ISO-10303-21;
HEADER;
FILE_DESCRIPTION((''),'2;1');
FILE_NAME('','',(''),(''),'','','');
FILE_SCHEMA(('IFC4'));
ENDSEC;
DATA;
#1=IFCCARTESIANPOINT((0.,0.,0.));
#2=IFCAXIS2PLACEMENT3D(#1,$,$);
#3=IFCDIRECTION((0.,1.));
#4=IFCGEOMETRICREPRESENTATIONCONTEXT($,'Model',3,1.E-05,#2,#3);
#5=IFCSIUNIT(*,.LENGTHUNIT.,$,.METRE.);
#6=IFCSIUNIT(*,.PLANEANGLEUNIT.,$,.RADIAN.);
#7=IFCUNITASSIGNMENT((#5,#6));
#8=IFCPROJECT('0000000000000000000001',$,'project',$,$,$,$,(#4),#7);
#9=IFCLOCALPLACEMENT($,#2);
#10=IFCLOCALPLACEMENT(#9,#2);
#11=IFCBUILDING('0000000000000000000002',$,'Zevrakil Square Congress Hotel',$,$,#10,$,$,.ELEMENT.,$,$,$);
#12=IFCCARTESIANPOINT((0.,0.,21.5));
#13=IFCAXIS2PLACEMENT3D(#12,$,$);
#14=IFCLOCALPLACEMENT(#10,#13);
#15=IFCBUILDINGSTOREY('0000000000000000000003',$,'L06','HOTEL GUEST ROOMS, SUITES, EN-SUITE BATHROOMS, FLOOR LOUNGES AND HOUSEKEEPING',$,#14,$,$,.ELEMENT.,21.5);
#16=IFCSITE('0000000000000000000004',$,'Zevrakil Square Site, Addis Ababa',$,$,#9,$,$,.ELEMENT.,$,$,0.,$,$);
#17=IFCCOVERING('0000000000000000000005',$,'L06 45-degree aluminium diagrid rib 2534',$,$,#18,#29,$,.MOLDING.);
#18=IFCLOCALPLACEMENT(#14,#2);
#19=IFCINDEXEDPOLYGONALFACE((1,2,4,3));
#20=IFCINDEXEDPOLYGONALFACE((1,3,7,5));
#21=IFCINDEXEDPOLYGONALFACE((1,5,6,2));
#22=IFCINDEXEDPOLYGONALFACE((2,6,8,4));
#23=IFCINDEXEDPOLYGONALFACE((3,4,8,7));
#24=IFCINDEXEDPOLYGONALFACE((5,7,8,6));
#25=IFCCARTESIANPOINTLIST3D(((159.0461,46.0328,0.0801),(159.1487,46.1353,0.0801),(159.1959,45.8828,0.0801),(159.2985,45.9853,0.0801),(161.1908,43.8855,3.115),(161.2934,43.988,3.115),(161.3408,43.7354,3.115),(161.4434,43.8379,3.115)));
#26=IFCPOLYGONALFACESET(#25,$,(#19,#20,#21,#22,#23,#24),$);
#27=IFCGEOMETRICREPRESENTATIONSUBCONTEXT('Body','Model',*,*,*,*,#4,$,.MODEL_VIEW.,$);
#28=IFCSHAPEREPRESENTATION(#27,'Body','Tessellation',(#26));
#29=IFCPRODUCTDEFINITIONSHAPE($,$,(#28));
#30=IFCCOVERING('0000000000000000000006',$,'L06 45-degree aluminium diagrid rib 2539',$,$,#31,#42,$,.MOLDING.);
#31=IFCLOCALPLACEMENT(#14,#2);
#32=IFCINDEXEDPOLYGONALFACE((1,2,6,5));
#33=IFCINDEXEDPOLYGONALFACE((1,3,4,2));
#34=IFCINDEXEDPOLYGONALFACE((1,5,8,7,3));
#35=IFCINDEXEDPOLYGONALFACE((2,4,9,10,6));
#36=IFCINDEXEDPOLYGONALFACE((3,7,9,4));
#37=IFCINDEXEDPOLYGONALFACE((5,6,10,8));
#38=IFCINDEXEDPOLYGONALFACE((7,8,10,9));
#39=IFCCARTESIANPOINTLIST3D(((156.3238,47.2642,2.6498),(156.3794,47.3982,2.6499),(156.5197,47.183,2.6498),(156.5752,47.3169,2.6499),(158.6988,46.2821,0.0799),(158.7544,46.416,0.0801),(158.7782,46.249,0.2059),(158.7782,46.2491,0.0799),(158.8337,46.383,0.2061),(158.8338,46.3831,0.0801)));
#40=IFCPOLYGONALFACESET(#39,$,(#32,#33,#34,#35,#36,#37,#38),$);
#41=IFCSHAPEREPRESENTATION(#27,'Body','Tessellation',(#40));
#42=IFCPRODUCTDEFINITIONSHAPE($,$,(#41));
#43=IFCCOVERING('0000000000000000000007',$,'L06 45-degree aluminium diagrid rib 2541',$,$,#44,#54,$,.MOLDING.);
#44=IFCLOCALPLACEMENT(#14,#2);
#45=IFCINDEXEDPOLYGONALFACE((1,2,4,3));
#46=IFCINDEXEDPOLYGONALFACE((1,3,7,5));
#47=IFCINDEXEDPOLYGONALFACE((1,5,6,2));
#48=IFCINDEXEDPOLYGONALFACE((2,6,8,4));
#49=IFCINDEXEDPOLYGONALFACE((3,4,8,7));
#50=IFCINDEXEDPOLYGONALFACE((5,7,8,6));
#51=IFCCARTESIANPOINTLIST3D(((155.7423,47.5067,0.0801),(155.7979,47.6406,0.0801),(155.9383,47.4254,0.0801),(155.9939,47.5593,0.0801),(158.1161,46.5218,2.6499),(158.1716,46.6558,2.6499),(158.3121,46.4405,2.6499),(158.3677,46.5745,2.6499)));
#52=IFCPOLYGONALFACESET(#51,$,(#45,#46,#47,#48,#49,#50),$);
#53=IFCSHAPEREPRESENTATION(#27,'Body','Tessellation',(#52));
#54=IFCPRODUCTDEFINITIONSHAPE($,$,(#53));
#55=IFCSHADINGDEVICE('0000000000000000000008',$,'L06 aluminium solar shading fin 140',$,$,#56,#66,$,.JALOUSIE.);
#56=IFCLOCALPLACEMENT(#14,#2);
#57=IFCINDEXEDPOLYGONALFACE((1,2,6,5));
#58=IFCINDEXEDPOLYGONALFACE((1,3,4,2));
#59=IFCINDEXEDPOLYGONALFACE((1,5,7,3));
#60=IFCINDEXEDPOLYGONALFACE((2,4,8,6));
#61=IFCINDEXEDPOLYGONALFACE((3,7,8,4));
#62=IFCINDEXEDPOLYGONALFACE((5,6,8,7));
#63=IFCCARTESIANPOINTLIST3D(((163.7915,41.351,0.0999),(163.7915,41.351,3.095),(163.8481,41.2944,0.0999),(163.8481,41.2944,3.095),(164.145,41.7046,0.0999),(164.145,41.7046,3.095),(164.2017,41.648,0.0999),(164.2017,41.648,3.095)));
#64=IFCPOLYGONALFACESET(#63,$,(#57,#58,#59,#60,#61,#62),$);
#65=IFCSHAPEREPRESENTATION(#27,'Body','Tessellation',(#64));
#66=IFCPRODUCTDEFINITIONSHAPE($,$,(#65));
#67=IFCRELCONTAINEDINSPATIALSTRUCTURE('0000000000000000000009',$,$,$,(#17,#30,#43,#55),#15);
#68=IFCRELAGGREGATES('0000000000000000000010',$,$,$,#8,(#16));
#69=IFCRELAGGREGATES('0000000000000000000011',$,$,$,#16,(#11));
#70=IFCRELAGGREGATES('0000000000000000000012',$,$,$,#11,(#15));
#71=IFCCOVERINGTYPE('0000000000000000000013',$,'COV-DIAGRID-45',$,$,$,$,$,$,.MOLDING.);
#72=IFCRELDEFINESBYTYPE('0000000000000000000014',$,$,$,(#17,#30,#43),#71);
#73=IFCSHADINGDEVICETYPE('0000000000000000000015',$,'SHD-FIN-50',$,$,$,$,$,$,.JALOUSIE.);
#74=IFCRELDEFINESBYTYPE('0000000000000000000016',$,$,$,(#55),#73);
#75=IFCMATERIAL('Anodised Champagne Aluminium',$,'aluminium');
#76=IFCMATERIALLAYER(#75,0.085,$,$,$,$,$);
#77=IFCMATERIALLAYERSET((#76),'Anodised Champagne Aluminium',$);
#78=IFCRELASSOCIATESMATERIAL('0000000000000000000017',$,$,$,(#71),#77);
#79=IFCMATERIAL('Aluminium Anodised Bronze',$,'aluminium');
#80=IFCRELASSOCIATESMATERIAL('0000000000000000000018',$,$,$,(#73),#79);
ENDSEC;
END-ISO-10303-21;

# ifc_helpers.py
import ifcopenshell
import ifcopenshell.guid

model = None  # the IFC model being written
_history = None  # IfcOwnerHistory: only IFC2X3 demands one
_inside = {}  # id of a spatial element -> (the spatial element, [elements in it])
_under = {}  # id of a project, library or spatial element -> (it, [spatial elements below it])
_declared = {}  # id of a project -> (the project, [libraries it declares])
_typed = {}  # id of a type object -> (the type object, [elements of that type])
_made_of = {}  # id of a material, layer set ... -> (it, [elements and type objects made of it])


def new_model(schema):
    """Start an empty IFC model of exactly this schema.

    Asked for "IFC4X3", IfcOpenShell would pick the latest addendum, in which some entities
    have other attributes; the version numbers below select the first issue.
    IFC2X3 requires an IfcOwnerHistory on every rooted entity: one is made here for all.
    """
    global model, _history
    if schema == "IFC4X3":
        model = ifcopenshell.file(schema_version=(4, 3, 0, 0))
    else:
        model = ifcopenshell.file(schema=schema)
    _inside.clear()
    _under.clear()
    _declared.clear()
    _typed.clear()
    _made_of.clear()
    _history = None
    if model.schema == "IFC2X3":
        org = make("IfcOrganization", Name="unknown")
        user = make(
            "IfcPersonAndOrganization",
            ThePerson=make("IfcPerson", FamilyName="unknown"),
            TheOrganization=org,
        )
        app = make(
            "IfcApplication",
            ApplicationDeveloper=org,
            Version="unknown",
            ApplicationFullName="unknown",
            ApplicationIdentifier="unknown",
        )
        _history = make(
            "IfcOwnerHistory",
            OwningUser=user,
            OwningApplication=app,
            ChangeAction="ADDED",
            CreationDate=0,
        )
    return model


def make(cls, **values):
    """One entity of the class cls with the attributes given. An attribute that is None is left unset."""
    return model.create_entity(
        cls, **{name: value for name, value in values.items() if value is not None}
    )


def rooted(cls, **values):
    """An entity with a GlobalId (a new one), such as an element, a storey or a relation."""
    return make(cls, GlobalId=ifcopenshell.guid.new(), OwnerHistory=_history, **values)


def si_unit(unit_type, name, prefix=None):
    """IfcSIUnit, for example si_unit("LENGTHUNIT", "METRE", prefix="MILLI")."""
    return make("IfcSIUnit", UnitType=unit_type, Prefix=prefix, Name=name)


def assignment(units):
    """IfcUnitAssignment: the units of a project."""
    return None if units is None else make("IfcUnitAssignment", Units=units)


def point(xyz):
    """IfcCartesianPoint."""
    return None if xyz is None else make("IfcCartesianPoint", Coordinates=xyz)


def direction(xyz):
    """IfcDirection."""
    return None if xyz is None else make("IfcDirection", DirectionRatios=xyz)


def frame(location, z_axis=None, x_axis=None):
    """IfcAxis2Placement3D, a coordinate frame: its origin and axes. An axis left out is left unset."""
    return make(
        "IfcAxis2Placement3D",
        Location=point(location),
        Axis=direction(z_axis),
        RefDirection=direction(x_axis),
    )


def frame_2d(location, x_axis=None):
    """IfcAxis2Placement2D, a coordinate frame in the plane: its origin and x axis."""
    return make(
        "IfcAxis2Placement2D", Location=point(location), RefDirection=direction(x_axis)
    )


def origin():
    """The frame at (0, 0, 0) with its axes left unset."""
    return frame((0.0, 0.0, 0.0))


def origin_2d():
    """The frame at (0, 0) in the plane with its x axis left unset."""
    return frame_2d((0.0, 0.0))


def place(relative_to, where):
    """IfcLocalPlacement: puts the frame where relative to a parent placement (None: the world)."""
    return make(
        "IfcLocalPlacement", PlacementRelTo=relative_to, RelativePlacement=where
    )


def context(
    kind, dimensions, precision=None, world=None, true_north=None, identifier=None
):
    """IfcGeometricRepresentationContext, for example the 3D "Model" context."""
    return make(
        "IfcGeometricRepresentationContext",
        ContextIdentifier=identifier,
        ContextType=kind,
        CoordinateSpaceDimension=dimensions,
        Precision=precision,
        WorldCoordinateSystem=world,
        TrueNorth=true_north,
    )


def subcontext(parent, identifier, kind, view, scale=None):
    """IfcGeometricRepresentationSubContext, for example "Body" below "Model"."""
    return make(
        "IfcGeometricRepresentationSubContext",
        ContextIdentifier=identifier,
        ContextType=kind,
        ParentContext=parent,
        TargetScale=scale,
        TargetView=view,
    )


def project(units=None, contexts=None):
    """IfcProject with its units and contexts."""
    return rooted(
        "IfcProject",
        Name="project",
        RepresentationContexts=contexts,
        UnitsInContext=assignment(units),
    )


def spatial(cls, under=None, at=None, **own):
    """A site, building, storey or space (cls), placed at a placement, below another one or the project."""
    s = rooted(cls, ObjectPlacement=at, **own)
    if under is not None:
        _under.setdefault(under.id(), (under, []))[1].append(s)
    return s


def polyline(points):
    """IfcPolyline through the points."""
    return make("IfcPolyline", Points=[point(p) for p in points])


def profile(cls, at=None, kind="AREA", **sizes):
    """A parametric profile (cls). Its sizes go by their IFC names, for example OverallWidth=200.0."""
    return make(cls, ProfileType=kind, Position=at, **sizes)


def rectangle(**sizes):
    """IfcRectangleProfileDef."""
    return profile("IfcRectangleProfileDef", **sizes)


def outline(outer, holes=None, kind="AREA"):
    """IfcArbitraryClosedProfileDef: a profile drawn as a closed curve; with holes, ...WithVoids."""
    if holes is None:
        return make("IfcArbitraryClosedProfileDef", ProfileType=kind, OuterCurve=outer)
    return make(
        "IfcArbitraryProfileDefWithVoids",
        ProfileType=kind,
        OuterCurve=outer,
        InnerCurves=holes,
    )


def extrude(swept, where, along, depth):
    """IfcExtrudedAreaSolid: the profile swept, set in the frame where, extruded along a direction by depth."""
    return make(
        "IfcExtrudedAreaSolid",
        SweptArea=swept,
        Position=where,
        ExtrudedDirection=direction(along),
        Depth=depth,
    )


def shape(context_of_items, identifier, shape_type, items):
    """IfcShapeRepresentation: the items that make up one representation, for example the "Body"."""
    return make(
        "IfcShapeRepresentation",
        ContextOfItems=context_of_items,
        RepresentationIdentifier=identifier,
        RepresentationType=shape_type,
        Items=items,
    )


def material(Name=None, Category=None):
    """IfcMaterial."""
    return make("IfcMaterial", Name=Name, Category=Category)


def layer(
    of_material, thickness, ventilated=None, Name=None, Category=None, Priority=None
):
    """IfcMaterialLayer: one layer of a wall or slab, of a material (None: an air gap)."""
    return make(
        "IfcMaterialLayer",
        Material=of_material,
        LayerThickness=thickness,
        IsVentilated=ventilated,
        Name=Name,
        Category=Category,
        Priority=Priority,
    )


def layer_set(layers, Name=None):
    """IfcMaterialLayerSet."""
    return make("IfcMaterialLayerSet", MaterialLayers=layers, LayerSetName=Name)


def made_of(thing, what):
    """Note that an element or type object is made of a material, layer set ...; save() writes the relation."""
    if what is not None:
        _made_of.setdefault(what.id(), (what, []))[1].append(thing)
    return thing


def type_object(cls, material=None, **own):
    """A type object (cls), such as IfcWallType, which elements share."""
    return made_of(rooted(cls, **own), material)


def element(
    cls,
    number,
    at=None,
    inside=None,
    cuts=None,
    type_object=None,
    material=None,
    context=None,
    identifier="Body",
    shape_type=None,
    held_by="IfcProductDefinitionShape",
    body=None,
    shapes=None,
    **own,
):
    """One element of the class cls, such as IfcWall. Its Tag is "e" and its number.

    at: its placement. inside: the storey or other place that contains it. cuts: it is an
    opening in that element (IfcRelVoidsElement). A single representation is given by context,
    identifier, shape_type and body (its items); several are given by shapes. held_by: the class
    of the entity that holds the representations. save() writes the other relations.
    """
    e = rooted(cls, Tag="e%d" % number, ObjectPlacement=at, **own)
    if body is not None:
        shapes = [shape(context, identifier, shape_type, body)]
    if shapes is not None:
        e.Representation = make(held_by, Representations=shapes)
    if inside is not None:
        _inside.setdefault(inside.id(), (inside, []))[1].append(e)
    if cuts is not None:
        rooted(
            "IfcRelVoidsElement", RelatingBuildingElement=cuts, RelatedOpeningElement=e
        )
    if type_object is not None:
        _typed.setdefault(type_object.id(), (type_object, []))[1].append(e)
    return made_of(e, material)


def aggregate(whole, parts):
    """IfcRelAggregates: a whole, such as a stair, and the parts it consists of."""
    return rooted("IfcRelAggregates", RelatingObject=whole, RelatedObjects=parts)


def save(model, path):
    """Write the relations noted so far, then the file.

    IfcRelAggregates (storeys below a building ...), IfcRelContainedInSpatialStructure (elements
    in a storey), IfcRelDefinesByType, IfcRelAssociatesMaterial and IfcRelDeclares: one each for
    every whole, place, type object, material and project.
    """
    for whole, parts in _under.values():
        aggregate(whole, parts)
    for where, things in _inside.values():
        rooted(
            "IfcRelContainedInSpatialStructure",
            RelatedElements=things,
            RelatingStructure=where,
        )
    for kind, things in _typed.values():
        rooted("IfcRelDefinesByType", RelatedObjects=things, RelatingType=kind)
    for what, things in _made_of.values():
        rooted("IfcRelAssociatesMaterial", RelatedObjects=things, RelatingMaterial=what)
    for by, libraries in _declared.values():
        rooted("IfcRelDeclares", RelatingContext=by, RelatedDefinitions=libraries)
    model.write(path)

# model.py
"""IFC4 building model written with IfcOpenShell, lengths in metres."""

from ifc_helpers import new_model, si_unit, direction, frame, origin, origin_2d, place, context, subcontext, project, spatial, polyline, rectangle, outline, extrude, material, layer, layer_set, type_object, element, save


model = new_model("IFC4")

# Units and contexts
model_context = context("Model", 3, precision=1e-05, world=origin(), true_north=direction((0.0, 1.0)))
body_context = subcontext(model_context, "Body", "Model", "MODEL_VIEW")
ifc_project = project(units=[si_unit("LENGTHUNIT", "METRE"), si_unit("PLANEANGLEUNIT", "RADIAN")], contexts=[model_context])

# Site, building, storey
site_placement = place(None, origin())
site = spatial("IfcSite", under=ifc_project, at=site_placement, Name="Zevrakil Square Site, Addis Ababa", CompositionType="ELEMENT", RefElevation=0.0)
building_placement = place(site_placement, origin())
building = spatial("IfcBuilding", under=site, at=building_placement, Name="Zevrakil Square Congress Hotel", CompositionType="ELEMENT")
storey_placement = place(building_placement, frame((0.0, 0.0, 21.5)))
storey = spatial("IfcBuildingStorey", under=building, at=storey_placement, Name="L06", Description="HOTEL GUEST ROOMS, SUITES, EN-SUITE BATHROOMS, FLOOR LOUNGES AND HOUSEKEEPING", CompositionType="ELEMENT", Elevation=21.5)

# Coverings
ifc_material_1 = material(Name="Anodised Champagne Aluminium", Category="aluminium")
ifc_layer_1 = layer(ifc_material_1, 0.085)
ifc_layer_set_1 = layer_set([ifc_layer_1], Name="Anodised Champagne Aluminium")
covering_type_1 = type_object("IfcCoveringType", Name="COV-DIAGRID-45", PredefinedType="MOLDING", material=ifc_layer_set_1)
covering_1_placement = place(storey_placement, frame((161.4434, 43.8379, 3.115), z_axis=(0.707395, 0.706819, 0.00019), x_axis=(-0.706819, 0.707395, 0.0)))
element("IfcCovering", 1, at=covering_1_placement, inside=storey, type_object=covering_type_1, Name="L06 45-degree aluminium diagrid rib 2534", PredefinedType="MOLDING", context=body_context, shape_type="SweptSolid", body=[
    extrude(outline(polyline([(0.0, 0.0), (0.2122, 0.0), (3.2471, -3.0349), (3.0351, -3.0349), (0.0, 0.0)])), origin(), (0.0, 0.0, -1.0), 0.145),
])
covering_2_placement = place(storey_placement, frame((158.7544, 46.416, 0.0801), z_axis=(0.383104, 0.923705, 0.00104), x_axis=(0.923705, -0.383104, 0.000001)))
element("IfcCovering", 2, at=covering_2_placement, inside=storey, type_object=covering_type_1, Name="L06 45-degree aluminium diagrid rib 2539", PredefinedType="MOLDING", context=body_context, shape_type="SweptSolid", body=[
    extrude(outline(polyline([(0.0, 0.0), (0.0859, 0.0), (0.0859, -0.126), (-2.3581, -2.5698), (-2.5701, -2.5698), (0.0, 0.0)])), origin(), (0.0, 0.0, -1.0), 0.145),
])
covering_3_placement = place(storey_placement, frame((158.3677, 46.5745, 2.6499), z_axis=(0.383063, 0.923722, 0.000169), x_axis=(-0.923722, 0.383063, 0.0)))
element("IfcCovering", 3, at=covering_3_placement, inside=storey, type_object=covering_type_1, Name="L06 45-degree aluminium diagrid rib 2541", PredefinedType="MOLDING", context=body_context, shape_type="SweptSolid", body=[
    extrude(outline(polyline([(0.0, 0.0), (0.2122, 0.0), (2.7822, -2.5698), (2.57, -2.5698), (0.0, 0.0)])), origin(), (0.0, 0.0, -1.0), 0.145),
])

# Shading device
ifc_material_2 = material(Name="Aluminium Anodised Bronze", Category="aluminium")
shading_device_type = type_object("IfcShadingDeviceType", Name="SHD-FIN-50", PredefinedType="JALOUSIE", material=ifc_material_2)
shading_device_placement = place(storey_placement, frame((163.9966, 41.4995, 0.0999), z_axis=(0.0, 0.0, 1.0), x_axis=(0.707107, 0.707107, 0.0)))
element("IfcShadingDevice", 4, at=shading_device_placement, inside=storey, type_object=shading_device_type, Name="L06 aluminium solar shading fin 140", PredefinedType="JALOUSIE", context=body_context, shape_type="SweptSolid", body=[
    extrude(rectangle(XDim=0.5, YDim=0.0801, at=origin_2d()), origin(), (0.0, 0.0, 1.0), 2.9951),
])

save(model, "model.ifc")
